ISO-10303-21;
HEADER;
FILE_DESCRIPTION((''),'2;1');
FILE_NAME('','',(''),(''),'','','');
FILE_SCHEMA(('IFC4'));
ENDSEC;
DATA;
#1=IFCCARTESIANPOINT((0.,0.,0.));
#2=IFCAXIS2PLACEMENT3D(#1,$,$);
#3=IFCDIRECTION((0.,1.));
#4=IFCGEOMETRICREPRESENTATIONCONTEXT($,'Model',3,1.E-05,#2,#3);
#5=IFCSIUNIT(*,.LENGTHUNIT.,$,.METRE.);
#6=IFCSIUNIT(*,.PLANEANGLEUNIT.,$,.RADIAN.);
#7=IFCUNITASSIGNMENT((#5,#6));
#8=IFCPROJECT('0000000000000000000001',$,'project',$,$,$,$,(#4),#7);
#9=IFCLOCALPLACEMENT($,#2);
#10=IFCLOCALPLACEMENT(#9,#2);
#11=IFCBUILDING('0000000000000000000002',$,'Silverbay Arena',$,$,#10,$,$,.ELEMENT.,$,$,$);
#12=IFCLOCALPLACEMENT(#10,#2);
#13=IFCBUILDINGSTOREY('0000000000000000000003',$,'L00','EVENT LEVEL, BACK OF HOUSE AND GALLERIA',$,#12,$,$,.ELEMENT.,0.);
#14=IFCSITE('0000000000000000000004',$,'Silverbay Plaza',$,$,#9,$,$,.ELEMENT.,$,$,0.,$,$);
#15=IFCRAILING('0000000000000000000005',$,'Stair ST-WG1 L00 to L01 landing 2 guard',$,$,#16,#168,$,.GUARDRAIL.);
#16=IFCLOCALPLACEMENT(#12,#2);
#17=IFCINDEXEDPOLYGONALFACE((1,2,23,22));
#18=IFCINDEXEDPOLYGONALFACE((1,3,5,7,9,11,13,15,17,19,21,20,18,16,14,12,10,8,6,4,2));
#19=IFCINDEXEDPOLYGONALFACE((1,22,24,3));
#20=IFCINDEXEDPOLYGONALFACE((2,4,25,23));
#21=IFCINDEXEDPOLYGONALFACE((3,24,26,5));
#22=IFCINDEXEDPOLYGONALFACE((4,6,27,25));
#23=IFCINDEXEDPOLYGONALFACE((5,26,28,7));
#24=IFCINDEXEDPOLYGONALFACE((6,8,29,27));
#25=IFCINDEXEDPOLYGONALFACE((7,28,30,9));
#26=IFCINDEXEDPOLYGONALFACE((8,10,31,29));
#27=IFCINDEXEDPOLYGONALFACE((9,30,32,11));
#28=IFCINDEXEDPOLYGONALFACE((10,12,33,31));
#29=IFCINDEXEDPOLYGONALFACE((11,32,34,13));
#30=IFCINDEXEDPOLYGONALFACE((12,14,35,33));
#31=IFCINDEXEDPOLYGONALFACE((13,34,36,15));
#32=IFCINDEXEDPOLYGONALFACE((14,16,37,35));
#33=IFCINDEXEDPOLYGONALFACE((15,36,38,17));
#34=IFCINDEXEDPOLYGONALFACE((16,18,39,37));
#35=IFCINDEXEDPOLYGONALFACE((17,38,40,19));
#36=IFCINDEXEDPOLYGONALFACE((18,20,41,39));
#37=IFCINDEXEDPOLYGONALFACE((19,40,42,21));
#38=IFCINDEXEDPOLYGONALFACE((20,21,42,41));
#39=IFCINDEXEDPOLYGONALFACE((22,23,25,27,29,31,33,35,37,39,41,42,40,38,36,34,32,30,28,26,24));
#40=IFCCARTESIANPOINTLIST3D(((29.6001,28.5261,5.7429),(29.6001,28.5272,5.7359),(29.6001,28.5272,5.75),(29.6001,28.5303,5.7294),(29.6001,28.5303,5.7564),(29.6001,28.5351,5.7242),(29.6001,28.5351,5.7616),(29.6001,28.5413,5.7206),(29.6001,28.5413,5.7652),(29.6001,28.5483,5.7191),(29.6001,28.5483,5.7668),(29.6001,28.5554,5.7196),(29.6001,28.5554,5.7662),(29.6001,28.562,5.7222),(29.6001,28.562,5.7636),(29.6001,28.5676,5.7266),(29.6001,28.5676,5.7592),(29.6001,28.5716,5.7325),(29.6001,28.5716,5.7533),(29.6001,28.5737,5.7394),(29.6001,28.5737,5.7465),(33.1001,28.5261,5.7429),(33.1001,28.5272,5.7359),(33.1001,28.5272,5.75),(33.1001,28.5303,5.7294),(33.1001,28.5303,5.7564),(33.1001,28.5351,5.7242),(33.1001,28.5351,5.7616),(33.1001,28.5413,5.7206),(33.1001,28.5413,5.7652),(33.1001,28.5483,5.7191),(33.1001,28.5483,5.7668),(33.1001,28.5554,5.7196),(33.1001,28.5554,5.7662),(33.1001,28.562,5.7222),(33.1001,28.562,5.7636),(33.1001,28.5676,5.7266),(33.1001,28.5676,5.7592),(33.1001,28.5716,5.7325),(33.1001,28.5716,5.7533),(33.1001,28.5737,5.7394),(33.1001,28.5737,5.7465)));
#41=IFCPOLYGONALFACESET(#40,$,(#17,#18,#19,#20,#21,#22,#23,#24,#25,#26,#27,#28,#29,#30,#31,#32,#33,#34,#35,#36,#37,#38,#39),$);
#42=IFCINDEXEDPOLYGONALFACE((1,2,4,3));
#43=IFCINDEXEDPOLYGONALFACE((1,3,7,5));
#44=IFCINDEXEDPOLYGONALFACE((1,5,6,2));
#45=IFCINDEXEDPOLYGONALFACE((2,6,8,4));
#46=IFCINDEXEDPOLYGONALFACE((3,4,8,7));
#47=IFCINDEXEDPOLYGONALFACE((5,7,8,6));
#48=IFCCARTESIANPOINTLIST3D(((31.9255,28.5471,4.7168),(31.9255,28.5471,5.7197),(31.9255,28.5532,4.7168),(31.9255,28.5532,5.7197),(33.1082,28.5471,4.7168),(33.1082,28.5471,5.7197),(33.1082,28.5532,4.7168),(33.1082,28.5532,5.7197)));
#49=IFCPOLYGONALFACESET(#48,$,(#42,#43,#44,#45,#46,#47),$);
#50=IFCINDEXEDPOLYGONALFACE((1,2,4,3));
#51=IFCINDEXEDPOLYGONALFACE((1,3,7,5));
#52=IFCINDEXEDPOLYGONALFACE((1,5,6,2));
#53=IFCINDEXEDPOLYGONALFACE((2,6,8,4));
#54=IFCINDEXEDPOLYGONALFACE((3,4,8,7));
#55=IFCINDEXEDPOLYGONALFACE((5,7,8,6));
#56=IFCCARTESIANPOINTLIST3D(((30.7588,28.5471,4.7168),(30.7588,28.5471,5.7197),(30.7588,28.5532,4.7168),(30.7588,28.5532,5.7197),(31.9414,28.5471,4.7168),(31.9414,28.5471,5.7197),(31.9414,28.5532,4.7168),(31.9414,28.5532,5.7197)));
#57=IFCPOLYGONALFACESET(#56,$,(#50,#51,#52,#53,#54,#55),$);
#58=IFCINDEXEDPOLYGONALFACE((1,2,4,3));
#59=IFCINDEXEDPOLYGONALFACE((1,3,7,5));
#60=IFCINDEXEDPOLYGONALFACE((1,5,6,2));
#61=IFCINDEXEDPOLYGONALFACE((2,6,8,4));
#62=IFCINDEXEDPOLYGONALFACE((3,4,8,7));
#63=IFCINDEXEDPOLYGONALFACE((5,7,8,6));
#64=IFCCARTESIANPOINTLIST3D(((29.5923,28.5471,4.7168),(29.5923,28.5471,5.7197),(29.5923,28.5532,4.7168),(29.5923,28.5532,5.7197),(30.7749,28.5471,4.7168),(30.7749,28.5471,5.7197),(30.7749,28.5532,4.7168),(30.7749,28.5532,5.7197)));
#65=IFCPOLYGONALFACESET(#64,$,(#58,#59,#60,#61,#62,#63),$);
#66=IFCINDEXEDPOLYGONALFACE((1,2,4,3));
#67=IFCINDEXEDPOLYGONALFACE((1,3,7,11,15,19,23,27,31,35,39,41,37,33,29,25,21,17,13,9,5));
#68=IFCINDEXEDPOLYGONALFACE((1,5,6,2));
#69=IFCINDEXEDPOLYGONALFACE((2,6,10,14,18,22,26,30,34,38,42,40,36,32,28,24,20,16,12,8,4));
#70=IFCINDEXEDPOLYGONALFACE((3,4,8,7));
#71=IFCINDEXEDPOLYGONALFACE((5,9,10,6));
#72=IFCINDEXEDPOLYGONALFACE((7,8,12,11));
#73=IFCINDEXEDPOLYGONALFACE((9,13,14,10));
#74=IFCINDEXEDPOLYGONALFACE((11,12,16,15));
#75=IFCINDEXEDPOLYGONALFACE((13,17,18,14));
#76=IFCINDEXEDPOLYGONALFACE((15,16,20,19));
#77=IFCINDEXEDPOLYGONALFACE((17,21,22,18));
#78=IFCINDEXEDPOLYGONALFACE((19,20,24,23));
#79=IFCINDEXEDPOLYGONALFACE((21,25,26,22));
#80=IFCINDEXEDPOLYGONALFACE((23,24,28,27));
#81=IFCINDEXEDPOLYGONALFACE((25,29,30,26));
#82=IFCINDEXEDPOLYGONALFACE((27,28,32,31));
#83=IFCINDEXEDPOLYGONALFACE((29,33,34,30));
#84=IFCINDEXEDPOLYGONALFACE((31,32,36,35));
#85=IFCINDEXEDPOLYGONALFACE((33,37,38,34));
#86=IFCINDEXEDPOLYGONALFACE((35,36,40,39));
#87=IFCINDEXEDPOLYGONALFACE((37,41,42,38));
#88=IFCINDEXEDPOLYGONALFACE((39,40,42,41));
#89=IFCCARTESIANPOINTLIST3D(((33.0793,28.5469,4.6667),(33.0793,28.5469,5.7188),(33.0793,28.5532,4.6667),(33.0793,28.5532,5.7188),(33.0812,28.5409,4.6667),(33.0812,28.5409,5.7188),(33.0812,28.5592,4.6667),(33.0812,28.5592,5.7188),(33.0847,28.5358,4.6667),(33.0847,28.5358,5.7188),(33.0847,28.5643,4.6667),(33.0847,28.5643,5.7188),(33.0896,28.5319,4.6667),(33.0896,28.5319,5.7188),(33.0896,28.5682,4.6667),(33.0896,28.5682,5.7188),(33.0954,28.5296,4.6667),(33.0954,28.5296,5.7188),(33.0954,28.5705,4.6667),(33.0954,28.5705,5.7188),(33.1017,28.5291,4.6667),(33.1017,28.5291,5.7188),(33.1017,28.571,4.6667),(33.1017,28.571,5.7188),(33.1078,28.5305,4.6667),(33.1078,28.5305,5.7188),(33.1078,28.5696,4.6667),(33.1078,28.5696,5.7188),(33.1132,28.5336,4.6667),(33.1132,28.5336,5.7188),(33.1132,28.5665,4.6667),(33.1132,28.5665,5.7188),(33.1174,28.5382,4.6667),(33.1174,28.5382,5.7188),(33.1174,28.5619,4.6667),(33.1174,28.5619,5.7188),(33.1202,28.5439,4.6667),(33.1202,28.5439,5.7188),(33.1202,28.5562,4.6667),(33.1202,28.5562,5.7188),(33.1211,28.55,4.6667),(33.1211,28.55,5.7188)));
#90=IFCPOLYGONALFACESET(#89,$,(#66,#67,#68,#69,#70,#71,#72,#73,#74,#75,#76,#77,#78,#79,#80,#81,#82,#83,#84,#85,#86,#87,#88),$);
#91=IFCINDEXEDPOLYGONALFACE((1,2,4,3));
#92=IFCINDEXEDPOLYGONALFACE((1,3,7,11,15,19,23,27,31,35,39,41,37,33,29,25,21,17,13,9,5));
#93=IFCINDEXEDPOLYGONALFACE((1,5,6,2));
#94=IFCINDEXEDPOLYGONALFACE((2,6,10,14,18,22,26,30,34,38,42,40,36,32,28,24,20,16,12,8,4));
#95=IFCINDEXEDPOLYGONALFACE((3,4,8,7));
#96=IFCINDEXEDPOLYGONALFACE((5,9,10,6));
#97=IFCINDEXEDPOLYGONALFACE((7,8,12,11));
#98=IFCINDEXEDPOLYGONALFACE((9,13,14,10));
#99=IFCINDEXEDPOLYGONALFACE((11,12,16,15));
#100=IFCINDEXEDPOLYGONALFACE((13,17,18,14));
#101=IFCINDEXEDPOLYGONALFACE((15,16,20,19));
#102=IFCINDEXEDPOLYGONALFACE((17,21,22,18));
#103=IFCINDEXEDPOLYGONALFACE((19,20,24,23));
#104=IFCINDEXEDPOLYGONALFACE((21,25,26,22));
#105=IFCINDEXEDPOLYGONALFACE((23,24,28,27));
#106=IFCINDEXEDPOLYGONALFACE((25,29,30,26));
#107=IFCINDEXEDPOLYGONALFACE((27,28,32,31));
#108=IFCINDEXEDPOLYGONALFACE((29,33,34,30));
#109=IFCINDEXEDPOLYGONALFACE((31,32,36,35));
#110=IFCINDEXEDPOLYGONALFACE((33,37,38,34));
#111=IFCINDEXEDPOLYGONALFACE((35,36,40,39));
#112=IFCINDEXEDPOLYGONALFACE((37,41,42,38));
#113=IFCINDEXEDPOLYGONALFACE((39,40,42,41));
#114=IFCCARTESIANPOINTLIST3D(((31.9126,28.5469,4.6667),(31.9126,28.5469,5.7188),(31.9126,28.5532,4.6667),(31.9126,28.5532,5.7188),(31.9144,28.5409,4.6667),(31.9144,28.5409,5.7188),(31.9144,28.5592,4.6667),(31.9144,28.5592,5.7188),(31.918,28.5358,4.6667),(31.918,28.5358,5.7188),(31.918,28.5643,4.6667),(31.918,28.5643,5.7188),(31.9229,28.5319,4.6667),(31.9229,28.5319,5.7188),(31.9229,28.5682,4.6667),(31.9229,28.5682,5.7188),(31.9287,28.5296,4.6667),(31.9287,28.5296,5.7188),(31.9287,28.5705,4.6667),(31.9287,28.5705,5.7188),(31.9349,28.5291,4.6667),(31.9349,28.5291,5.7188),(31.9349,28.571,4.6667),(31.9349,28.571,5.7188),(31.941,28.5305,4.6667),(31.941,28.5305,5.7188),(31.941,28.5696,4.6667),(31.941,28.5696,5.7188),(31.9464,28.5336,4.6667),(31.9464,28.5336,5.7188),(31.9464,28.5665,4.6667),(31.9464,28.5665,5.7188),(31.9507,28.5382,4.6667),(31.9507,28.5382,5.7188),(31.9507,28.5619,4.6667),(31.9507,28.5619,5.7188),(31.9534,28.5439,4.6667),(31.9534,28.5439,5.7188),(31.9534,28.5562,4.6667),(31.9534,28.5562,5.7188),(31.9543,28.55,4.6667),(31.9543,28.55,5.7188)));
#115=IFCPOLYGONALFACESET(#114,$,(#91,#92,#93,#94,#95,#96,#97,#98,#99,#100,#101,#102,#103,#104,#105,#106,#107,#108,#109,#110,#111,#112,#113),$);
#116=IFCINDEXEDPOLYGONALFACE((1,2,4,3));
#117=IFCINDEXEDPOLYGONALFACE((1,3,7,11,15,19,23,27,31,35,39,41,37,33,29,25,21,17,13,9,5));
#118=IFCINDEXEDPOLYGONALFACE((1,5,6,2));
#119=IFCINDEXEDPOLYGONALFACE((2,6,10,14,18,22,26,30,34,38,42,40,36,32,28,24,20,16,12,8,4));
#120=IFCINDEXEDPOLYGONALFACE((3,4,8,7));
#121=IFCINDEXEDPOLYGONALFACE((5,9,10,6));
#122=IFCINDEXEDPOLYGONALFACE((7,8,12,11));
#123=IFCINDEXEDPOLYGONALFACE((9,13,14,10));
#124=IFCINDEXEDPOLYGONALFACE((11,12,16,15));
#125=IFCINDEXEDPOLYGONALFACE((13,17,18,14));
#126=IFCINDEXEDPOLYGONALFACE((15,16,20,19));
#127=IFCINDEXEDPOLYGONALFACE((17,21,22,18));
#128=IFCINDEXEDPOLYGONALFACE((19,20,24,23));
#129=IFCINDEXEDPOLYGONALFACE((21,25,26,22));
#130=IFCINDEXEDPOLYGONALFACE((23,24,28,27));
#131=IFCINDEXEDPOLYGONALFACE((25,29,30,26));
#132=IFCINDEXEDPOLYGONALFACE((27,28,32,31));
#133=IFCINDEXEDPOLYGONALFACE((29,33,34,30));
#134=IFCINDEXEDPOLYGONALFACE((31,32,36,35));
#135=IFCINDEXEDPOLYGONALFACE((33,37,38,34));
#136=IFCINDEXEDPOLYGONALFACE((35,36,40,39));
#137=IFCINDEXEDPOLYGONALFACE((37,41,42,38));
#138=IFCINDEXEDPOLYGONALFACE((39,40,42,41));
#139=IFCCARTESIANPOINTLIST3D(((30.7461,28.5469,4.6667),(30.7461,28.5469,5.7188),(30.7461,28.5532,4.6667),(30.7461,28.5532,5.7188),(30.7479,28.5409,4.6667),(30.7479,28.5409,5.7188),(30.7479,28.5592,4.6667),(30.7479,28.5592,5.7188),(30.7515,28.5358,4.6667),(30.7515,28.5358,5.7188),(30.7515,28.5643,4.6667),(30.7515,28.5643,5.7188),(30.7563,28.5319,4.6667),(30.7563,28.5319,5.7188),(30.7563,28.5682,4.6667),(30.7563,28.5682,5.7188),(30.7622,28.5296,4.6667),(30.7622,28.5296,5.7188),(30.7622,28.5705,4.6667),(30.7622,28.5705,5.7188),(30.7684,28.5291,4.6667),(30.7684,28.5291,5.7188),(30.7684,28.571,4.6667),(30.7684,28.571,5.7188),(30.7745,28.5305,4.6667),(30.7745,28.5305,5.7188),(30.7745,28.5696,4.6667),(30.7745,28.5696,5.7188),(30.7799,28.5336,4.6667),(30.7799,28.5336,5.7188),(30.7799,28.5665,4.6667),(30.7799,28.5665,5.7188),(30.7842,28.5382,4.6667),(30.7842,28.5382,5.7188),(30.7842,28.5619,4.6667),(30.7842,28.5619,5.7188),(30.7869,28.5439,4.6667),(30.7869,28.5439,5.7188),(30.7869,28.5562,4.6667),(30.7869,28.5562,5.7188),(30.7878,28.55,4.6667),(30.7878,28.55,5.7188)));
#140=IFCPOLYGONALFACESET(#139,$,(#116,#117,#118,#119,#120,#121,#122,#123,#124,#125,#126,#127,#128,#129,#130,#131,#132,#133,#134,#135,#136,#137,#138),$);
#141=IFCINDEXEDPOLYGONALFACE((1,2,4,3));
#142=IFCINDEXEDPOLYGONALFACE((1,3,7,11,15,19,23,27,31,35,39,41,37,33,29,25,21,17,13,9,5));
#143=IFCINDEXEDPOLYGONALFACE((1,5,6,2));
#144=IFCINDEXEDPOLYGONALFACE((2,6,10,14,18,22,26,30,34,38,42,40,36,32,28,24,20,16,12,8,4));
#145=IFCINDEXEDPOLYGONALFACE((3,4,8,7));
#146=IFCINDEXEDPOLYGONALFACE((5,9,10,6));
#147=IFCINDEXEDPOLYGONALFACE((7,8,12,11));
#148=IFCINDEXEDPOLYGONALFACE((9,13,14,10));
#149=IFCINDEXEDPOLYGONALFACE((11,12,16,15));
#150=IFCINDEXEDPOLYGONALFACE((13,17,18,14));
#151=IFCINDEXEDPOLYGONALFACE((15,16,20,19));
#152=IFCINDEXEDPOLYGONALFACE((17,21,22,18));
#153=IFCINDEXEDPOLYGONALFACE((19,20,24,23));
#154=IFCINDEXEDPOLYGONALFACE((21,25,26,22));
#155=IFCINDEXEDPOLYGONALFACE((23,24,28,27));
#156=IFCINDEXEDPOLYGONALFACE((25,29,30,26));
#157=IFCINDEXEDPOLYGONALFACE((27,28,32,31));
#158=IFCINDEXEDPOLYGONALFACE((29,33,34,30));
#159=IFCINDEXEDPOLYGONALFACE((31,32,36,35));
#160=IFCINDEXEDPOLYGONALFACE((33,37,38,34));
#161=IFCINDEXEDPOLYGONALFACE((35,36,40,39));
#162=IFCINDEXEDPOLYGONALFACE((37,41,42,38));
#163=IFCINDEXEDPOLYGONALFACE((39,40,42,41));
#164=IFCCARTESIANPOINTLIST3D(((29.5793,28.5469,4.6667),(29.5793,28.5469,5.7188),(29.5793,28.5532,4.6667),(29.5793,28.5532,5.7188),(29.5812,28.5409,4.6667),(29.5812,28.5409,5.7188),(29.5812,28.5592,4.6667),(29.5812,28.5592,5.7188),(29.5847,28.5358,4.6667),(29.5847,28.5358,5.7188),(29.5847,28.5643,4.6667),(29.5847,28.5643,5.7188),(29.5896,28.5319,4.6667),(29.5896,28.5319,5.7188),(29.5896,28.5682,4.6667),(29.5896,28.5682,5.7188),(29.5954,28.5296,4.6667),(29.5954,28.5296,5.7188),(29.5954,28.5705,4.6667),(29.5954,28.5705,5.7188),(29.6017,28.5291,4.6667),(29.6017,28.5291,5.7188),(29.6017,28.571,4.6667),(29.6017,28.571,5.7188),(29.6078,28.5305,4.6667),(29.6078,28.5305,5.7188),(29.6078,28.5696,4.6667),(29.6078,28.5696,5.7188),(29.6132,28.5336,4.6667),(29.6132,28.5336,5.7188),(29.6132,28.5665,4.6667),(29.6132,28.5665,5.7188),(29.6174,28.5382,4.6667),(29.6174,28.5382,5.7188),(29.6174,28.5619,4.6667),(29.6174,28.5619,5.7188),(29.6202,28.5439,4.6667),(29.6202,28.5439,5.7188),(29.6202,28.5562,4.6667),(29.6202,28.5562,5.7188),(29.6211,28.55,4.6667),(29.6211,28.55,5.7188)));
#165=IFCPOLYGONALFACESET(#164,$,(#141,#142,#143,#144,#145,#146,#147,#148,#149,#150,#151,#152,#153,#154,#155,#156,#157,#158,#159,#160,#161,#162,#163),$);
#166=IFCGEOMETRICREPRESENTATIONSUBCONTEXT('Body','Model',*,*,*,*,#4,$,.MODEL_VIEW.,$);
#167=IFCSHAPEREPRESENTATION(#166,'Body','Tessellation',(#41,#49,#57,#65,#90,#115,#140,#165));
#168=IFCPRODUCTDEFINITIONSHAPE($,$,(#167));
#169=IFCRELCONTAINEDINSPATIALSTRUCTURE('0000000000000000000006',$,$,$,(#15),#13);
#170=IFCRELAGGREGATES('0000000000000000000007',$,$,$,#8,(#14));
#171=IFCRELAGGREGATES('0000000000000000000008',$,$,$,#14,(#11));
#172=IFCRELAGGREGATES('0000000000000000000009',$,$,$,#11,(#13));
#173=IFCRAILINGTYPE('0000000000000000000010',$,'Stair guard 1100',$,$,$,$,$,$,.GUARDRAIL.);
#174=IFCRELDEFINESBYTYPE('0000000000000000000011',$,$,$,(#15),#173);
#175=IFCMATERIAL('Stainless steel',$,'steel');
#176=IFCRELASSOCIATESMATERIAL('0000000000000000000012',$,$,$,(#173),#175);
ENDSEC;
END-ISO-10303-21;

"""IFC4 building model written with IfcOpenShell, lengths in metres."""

from ifc_helpers import new_model, si_unit, direction, frame, origin, origin_2d, place, context, subcontext, project, spatial, polyline, circle, outline, extrude, material, type_object, element, save


model = new_model("IFC4")

# Units and contexts
model_context = context("Model", 3, precision=1e-05, world=origin(), true_north=direction((0.0, 1.0)))
body_context = subcontext(model_context, "Body", "Model", "MODEL_VIEW")
ifc_project = project(units=[si_unit("LENGTHUNIT", "METRE"), si_unit("PLANEANGLEUNIT", "RADIAN")], contexts=[model_context])

# Site, building, storey
site_placement = place(None, origin())
site = spatial("IfcSite", under=ifc_project, at=site_placement, Name="Silverbay Plaza", CompositionType="ELEMENT", RefElevation=0.0)
building_placement = place(site_placement, origin())
building = spatial("IfcBuilding", under=site, at=building_placement, Name="Silverbay Arena", CompositionType="ELEMENT")
storey_placement = place(building_placement, origin())
storey = spatial("IfcBuildingStorey", under=building, at=storey_placement, Name="L00", Description="EVENT LEVEL, BACK OF HOUSE AND GALLERIA", CompositionType="ELEMENT", Elevation=0.0)

# Railing
ifc_material_1 = material(Name="Stainless steel", Category="steel")
railing_type_1 = type_object("IfcRailingType", Name="Stair guard 1100", PredefinedType="GUARDRAIL", material=ifc_material_1)
for number, where, name in (
    (1, (33.1001, 28.55, 4.6667), "Stair ST-WG1 L00 to L01 landing 2 guard"),
):
    element("IfcRailing", number, at=place(storey_placement, frame(where)), inside=storey, type_object=railing_type_1, Name=name, PredefinedType="GUARDRAIL", context=body_context, shape_type="SweptSolid", body=[
        extrude(circle(Radius=0.0239, at=origin_2d()), frame((0.0, 0.0, 1.0762), z_axis=(-1.0, 0.0, 0.0), x_axis=(0.0, -1.0, 0.0)), (0.0, 0.0, 1.0), 3.5),
        extrude(outline(polyline([(-0.0081, 0.05), (1.1746, 0.05), (1.1746, 1.053), (-0.0081, 1.053), (-0.0081, 0.05)])), frame((0.0, -0.0029, 0.0), z_axis=(0.0, 1.0, 0.0), x_axis=(-1.0, 0.0, 0.0)), (0.0, 0.0, 1.0), 0.0061),
        extrude(outline(polyline([(-0.0081, 0.05), (1.1746, 0.05), (1.1746, 1.053), (-0.0081, 1.053), (-0.0081, 0.05)])), frame((-1.1667, -0.0029, 0.0), z_axis=(0.0, 1.0, 0.0), x_axis=(-1.0, 0.0, 0.0)), (0.0, 0.0, 1.0), 0.0061),
        extrude(outline(polyline([(-0.0081, 0.05), (1.1746, 0.05), (1.1746, 1.053), (-0.0081, 1.053), (-0.0081, 0.05)])), frame((-2.3333, -0.0029, 0.0), z_axis=(0.0, 1.0, 0.0), x_axis=(-1.0, 0.0, 0.0)), (0.0, 0.0, 1.0), 0.0061),
        extrude(circle(Radius=0.021, at=origin_2d()), origin(), (0.0, 0.0, 1.0), 1.052),
        extrude(circle(Radius=0.021, at=origin_2d()), frame((-1.1667, 0.0, 0.0)), (0.0, 0.0, 1.0), 1.052),
        extrude(circle(Radius=0.021, at=origin_2d()), frame((-2.3333, 0.0, 0.0)), (0.0, 0.0, 1.0), 1.052),
        extrude(circle(Radius=0.021, at=origin_2d()), frame((-3.5, 0.0, 0.0)), (0.0, 0.0, 1.0), 1.052),
    ])

save(model, "model.ifc")
